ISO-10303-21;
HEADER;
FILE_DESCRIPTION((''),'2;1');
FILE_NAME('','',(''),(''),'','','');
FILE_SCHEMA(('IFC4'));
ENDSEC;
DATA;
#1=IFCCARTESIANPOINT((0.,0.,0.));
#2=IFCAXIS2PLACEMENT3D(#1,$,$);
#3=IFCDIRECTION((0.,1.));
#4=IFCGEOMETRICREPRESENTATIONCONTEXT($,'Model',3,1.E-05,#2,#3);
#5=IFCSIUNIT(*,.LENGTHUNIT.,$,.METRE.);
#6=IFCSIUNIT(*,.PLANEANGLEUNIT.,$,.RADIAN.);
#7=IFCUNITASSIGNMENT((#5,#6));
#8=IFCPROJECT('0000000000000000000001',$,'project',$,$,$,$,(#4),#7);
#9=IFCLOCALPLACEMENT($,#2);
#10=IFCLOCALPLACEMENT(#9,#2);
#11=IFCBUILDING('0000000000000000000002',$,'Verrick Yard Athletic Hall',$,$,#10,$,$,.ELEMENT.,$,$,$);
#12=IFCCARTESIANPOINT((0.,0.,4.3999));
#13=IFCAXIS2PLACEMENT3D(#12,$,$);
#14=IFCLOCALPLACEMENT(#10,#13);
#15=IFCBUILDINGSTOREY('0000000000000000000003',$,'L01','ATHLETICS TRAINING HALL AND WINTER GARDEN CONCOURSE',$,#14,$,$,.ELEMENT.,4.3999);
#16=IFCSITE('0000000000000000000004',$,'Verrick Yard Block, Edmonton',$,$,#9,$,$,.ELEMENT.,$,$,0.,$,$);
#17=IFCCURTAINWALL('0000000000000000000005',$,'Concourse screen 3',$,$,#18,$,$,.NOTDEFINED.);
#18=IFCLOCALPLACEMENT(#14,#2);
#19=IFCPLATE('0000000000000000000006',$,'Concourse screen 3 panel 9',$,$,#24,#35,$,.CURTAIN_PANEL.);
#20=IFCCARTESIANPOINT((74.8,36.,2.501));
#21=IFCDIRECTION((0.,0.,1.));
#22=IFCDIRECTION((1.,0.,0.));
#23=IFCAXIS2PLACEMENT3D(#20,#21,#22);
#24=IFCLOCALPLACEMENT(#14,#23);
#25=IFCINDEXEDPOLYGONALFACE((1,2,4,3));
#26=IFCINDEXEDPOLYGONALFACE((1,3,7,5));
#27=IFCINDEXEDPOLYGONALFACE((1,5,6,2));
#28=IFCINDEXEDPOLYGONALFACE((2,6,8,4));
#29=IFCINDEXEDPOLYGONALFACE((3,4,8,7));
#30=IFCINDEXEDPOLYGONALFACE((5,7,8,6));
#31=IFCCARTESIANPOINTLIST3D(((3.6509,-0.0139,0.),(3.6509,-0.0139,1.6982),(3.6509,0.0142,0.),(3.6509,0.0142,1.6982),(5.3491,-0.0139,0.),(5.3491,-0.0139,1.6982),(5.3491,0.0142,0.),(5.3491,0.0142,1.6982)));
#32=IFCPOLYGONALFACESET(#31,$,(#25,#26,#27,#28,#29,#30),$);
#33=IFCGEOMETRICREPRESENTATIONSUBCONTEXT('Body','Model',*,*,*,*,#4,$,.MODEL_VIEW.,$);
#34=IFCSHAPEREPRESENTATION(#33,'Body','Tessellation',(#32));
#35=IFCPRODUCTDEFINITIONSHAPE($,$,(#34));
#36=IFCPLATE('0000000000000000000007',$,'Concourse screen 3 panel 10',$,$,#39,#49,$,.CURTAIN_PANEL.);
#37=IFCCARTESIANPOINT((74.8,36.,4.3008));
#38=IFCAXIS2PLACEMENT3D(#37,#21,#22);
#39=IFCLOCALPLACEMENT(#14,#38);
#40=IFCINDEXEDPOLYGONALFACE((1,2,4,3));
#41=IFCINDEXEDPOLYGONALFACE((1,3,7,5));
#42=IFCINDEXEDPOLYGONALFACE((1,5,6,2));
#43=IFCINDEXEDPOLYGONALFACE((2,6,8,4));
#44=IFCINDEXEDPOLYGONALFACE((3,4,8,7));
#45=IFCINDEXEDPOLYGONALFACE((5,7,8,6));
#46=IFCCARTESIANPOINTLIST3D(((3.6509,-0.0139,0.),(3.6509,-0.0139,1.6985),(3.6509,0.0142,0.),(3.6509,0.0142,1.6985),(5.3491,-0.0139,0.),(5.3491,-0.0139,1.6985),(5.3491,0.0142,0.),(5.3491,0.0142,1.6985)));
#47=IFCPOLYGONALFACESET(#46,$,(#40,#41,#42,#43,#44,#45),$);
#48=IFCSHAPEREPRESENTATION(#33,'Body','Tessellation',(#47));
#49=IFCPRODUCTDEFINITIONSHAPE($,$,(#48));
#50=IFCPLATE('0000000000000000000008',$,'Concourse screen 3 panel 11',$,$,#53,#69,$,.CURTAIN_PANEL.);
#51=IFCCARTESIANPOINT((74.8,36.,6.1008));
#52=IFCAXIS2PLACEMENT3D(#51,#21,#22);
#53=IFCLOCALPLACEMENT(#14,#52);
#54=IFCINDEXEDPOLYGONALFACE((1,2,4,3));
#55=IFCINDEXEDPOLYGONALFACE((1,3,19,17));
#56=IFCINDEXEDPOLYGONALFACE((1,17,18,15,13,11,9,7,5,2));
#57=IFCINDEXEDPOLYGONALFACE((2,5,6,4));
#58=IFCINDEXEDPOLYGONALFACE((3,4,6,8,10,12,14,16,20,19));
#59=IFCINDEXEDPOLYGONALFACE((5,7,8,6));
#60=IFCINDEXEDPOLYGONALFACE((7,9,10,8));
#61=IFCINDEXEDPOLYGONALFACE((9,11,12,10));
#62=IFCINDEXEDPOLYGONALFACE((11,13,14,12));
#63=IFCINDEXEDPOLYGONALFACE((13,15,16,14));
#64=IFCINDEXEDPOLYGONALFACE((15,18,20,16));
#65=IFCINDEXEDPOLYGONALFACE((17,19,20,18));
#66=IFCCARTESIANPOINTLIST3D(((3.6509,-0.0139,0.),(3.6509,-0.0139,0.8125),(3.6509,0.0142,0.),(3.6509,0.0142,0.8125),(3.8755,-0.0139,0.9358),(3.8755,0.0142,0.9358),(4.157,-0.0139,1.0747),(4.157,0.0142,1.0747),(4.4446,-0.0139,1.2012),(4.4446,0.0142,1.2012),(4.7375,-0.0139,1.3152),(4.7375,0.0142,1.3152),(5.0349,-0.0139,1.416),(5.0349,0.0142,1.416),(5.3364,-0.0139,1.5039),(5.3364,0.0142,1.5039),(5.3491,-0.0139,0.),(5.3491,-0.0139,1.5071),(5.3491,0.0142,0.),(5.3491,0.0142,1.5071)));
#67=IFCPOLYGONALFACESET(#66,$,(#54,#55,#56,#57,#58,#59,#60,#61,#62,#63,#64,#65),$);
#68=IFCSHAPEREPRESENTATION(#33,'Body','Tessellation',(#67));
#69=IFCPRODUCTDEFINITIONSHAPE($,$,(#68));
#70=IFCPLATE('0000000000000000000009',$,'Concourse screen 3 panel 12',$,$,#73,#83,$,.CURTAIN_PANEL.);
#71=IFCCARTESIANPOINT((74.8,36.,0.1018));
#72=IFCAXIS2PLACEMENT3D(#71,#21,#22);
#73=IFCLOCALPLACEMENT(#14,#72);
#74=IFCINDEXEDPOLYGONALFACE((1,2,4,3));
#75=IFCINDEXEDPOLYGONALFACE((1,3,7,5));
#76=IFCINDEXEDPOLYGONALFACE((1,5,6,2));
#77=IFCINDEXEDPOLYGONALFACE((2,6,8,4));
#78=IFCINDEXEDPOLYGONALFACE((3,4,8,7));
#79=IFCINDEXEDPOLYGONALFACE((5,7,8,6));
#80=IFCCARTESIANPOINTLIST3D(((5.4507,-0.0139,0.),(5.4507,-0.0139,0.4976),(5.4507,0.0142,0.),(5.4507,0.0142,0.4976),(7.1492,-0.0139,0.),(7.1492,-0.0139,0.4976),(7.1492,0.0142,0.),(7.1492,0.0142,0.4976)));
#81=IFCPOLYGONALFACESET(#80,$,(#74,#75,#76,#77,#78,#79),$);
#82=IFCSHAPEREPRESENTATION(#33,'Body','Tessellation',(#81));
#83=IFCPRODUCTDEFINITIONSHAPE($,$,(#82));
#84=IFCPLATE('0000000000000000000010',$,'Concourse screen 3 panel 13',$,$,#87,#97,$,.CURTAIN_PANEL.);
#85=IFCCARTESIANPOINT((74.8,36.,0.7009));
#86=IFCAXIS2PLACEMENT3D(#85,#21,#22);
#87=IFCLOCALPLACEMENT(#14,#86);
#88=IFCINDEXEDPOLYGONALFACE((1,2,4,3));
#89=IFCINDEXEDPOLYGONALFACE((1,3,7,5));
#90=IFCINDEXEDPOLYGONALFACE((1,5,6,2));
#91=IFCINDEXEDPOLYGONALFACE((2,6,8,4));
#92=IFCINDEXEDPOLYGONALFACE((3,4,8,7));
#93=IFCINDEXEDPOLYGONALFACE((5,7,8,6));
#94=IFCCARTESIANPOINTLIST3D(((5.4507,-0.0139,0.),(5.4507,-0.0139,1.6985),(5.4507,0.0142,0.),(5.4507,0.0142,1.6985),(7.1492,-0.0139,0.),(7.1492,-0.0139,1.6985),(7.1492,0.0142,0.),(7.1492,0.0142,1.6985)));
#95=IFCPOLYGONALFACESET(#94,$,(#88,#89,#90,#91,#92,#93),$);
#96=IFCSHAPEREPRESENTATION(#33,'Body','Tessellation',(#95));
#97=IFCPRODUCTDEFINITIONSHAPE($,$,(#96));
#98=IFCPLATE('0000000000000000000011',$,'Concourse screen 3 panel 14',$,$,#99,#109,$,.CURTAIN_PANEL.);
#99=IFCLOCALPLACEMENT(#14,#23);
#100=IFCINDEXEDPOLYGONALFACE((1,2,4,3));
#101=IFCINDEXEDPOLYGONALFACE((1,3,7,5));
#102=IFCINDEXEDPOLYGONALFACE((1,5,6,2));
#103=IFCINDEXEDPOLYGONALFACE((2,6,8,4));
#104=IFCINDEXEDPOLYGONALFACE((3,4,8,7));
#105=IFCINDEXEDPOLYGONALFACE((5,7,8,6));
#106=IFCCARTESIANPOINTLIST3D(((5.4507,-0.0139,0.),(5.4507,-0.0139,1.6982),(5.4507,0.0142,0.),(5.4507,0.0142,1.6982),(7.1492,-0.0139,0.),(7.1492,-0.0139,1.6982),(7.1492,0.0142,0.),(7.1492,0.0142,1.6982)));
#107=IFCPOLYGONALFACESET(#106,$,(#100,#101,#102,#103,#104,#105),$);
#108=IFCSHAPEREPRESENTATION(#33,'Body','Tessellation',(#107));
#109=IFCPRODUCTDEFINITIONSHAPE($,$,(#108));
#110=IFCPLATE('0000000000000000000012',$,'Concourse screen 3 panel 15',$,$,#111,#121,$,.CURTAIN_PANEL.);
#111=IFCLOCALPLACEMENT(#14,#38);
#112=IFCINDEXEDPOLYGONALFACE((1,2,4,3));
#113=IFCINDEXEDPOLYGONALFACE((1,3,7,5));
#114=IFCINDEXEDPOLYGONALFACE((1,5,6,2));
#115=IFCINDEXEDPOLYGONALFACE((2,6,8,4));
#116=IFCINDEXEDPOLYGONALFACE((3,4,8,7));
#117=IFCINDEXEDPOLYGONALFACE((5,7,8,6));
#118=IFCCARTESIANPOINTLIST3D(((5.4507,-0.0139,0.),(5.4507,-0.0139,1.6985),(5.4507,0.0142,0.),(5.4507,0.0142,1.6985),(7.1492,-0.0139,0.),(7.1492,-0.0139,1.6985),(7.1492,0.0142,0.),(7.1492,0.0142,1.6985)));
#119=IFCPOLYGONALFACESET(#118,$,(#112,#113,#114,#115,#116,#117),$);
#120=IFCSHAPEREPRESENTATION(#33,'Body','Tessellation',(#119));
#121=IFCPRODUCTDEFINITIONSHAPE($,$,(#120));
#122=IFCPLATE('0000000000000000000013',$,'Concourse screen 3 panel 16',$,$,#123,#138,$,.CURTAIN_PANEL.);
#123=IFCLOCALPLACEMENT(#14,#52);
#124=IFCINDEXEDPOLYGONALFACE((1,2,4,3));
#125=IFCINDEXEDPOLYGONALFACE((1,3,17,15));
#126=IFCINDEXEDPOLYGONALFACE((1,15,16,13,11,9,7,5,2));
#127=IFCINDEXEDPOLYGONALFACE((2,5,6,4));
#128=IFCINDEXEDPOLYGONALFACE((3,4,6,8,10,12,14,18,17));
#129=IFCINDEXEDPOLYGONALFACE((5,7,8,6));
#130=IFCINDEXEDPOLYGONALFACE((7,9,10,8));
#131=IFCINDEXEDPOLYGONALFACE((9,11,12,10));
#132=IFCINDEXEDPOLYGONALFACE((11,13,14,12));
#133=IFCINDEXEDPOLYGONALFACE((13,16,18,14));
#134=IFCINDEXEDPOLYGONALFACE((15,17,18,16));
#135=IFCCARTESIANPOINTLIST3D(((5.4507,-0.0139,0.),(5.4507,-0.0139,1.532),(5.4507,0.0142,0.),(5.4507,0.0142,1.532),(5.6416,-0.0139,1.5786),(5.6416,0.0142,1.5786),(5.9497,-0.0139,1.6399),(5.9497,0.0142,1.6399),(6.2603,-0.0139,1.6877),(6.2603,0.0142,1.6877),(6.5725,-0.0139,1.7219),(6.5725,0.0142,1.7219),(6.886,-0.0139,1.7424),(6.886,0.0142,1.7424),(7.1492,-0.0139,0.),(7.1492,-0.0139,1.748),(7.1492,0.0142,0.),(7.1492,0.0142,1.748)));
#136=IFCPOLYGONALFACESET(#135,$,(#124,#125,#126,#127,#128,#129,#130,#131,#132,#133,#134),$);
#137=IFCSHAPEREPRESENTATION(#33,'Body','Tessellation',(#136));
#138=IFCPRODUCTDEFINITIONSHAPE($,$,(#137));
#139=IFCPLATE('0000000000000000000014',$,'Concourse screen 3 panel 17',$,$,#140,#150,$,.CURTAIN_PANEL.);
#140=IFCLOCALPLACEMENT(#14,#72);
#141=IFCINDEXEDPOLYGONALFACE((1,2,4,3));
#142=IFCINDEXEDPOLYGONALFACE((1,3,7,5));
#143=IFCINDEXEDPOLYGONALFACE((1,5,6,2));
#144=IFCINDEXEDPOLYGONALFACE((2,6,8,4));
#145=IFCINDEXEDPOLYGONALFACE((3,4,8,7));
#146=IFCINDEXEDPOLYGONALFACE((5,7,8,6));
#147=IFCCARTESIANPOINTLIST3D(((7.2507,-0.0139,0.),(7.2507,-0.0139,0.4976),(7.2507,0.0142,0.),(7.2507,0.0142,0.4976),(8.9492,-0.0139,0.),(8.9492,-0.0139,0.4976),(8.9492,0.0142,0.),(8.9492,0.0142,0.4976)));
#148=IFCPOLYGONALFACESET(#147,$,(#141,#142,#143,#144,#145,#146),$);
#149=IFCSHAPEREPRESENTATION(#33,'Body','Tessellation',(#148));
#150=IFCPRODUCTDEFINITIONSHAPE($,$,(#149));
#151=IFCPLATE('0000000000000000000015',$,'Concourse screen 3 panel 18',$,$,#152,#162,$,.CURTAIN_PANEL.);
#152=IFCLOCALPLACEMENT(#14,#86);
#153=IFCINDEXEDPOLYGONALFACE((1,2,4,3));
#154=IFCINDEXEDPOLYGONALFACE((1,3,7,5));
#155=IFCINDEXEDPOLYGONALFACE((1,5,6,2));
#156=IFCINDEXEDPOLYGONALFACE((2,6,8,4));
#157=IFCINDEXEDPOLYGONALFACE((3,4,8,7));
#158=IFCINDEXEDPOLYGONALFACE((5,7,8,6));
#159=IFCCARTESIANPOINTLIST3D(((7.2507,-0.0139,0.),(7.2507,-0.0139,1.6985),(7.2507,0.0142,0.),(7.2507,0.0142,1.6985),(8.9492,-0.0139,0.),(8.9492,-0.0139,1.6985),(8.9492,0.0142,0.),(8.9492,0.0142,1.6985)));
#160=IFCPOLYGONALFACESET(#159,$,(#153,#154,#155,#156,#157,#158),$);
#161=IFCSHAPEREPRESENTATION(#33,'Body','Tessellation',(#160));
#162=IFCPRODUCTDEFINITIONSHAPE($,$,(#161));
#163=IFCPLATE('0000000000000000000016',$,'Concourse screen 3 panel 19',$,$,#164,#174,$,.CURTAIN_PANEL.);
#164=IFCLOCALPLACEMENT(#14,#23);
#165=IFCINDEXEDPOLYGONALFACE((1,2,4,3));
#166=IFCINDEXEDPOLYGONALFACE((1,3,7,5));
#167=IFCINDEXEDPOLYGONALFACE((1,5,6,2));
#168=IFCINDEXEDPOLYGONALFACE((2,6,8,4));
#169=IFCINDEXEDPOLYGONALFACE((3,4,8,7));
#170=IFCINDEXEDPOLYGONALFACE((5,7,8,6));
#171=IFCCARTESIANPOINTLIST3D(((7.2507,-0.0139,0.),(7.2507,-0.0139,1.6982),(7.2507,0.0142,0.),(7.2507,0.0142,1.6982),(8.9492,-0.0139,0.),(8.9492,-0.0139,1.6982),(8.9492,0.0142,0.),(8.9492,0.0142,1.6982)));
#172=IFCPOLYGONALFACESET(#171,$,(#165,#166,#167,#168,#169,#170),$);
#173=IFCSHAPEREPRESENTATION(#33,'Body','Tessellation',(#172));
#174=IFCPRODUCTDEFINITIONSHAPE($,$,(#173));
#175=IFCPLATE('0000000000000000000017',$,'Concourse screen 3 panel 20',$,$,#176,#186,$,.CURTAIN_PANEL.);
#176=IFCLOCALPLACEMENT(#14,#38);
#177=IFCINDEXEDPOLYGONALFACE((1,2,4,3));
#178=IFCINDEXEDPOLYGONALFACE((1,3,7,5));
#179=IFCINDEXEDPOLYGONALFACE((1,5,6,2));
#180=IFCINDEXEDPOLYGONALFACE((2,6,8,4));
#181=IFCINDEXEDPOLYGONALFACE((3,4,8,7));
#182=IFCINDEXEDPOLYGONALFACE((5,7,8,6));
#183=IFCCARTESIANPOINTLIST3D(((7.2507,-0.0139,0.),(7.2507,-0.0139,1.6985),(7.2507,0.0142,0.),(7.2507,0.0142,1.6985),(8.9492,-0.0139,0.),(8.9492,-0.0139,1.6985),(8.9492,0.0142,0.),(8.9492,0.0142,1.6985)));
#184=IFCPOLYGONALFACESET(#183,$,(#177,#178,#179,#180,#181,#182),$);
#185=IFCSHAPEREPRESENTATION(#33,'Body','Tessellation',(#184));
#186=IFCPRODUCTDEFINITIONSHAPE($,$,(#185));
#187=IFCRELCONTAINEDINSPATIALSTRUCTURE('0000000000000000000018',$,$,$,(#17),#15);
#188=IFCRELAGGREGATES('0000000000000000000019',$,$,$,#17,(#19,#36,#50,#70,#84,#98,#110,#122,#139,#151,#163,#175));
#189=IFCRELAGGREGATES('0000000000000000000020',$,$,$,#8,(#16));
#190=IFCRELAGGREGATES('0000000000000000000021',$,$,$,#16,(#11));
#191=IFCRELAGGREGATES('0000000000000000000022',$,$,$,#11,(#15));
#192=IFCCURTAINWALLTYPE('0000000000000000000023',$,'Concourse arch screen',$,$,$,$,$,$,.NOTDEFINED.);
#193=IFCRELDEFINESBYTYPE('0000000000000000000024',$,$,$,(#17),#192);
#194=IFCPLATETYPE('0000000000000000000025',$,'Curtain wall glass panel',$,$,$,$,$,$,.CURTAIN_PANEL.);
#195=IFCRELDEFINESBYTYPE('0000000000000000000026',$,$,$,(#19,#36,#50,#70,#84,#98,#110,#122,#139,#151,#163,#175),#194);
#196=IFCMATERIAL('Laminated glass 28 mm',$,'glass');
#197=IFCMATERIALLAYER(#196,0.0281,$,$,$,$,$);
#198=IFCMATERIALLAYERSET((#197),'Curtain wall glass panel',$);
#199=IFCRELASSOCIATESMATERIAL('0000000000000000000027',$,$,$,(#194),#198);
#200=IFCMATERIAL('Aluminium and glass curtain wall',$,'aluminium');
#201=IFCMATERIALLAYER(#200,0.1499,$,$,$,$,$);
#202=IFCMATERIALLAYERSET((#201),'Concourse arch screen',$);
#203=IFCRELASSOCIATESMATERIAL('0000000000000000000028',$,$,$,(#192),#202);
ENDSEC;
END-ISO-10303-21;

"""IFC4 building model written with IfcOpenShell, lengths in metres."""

from ifc_helpers import new_model, si_unit, direction, frame, origin, place, context, subcontext, project, spatial, polyline, outline, extrude, material, layer, layer_set, type_object, element, aggregate, save


model = new_model("IFC4")

# Units and contexts
model_context = context("Model", 3, precision=1e-05, world=origin(), true_north=direction((0.0, 1.0)))
body_context = subcontext(model_context, "Body", "Model", "MODEL_VIEW")
ifc_project = project(units=[si_unit("LENGTHUNIT", "METRE"), si_unit("PLANEANGLEUNIT", "RADIAN")], contexts=[model_context])

# Site, building, storey
site_placement = place(None, origin())
site = spatial("IfcSite", under=ifc_project, at=site_placement, Name="Verrick Yard Block, Edmonton", CompositionType="ELEMENT", RefElevation=0.0)
building_placement = place(site_placement, origin())
building = spatial("IfcBuilding", under=site, at=building_placement, Name="Verrick Yard Athletic Hall", CompositionType="ELEMENT")
storey_placement = place(building_placement, frame((0.0, 0.0, 4.3999)))
storey = spatial("IfcBuildingStorey", under=building, at=storey_placement, Name="L01", Description="ATHLETICS TRAINING HALL AND WINTER GARDEN CONCOURSE", CompositionType="ELEMENT", Elevation=4.3999)

# Curtain wall, plates
ifc_material_1 = material(Name="Aluminium and glass curtain wall", Category="aluminium")
ifc_material_2 = material(Name="Laminated glass 28 mm", Category="glass")
ifc_layer_1 = layer(ifc_material_2, 0.0281)
ifc_layer_set_1 = layer_set([ifc_layer_1], Name="Curtain wall glass panel")
plate_type = type_object("IfcPlateType", Name="Curtain wall glass panel", PredefinedType="CURTAIN_PANEL", material=ifc_layer_set_1)
ifc_layer_2 = layer(ifc_material_1, 0.1499)
ifc_layer_set_2 = layer_set([ifc_layer_2], Name="Concourse arch screen")
curtain_wall_type_1 = type_object("IfcCurtainWallType", Name="Concourse arch screen", PredefinedType="NOTDEFINED", material=ifc_layer_set_2)
curtain_wall_1_placement = place(storey_placement, origin())
curtain_wall_1 = element("IfcCurtainWall", 1, at=curtain_wall_1_placement, inside=storey, type_object=curtain_wall_type_1, Name="Concourse screen 3", PredefinedType="NOTDEFINED")
plate_1_placement = place(storey_placement, frame((74.8, 36.0, 2.501), z_axis=(0.0, 0.0, 1.0), x_axis=(1.0, 0.0, 0.0)))
plate_1 = element("IfcPlate", 2, at=plate_1_placement, type_object=plate_type, Name="Concourse screen 3 panel 9", PredefinedType="CURTAIN_PANEL", context=body_context, shape_type="SweptSolid", body=[
    extrude(outline(polyline([(5.3491, 0.0), (5.3491, 1.6982), (3.6509, 1.6982), (3.6509, 0.0), (5.3491, 0.0)])), frame((0.0, 0.0142, 0.0), z_axis=(0.0, -1.0, 0.0), x_axis=(1.0, 0.0, 0.0)), (0.0, 0.0, 1.0), 0.0281),
])
plate_2_placement = place(storey_placement, frame((74.8, 36.0, 4.3008), z_axis=(0.0, 0.0, 1.0), x_axis=(1.0, 0.0, 0.0)))
plate_2 = element("IfcPlate", 3, at=plate_2_placement, type_object=plate_type, Name="Concourse screen 3 panel 10", PredefinedType="CURTAIN_PANEL", context=body_context, shape_type="SweptSolid", body=[
    extrude(outline(polyline([(5.3491, 0.0), (5.3491, 1.6985), (3.6509, 1.6985), (3.6509, 0.0), (5.3491, 0.0)])), frame((0.0, 0.0142, 0.0), z_axis=(0.0, -1.0, 0.0), x_axis=(1.0, 0.0, 0.0)), (0.0, 0.0, 1.0), 0.0281),
])
plate_3_placement = place(storey_placement, frame((74.8, 36.0, 6.1008), z_axis=(0.0, 0.0, 1.0), x_axis=(1.0, 0.0, 0.0)))
plate_3 = element("IfcPlate", 4, at=plate_3_placement, type_object=plate_type, Name="Concourse screen 3 panel 11", PredefinedType="CURTAIN_PANEL", context=body_context, shape_type="SweptSolid", body=[
    extrude(outline(polyline([(5.3491, 1.5071), (5.3364, 1.5039), (5.0349, 1.416), (4.7375, 1.3152), (4.4446, 1.2012), (4.157, 1.0747), (3.8755, 0.9358), (3.6509, 0.8125), (3.6509, 0.0), (5.3491, 0.0), (5.3491, 1.5071)])), frame((0.0, 0.0142, 0.0), z_axis=(0.0, -1.0, 0.0), x_axis=(1.0, 0.0, 0.0)), (0.0, 0.0, 1.0), 0.0281),
])
plate_4_placement = place(storey_placement, frame((74.8, 36.0, 0.1018), z_axis=(0.0, 0.0, 1.0), x_axis=(1.0, 0.0, 0.0)))
plate_4 = element("IfcPlate", 5, at=plate_4_placement, type_object=plate_type, Name="Concourse screen 3 panel 12", PredefinedType="CURTAIN_PANEL", context=body_context, shape_type="SweptSolid", body=[
    extrude(outline(polyline([(7.1492, 0.0), (7.1492, 0.4976), (5.4507, 0.4976), (5.4507, 0.0), (7.1492, 0.0)])), frame((0.0, 0.0142, 0.0), z_axis=(0.0, -1.0, 0.0), x_axis=(1.0, 0.0, 0.0)), (0.0, 0.0, 1.0), 0.0281),
])
plate_5_placement = place(storey_placement, frame((74.8, 36.0, 0.7009), z_axis=(0.0, 0.0, 1.0), x_axis=(1.0, 0.0, 0.0)))
plate_5 = element("IfcPlate", 6, at=plate_5_placement, type_object=plate_type, Name="Concourse screen 3 panel 13", PredefinedType="CURTAIN_PANEL", context=body_context, shape_type="SweptSolid", body=[
    extrude(outline(polyline([(7.1492, 0.0), (7.1492, 1.6985), (5.4507, 1.6985), (5.4507, 0.0), (7.1492, 0.0)])), frame((0.0, 0.0142, 0.0), z_axis=(0.0, -1.0, 0.0), x_axis=(1.0, 0.0, 0.0)), (0.0, 0.0, 1.0), 0.0281),
])
plate_6_placement = place(storey_placement, frame((74.8, 36.0, 2.501), z_axis=(0.0, 0.0, 1.0), x_axis=(1.0, 0.0, 0.0)))
plate_6 = element("IfcPlate", 7, at=plate_6_placement, type_object=plate_type, Name="Concourse screen 3 panel 14", PredefinedType="CURTAIN_PANEL", context=body_context, shape_type="SweptSolid", body=[
    extrude(outline(polyline([(7.1492, 0.0), (7.1492, 1.6982), (5.4507, 1.6982), (5.4507, 0.0), (7.1492, 0.0)])), frame((0.0, 0.0142, 0.0), z_axis=(0.0, -1.0, 0.0), x_axis=(1.0, 0.0, 0.0)), (0.0, 0.0, 1.0), 0.0281),
])
plate_7_placement = place(storey_placement, frame((74.8, 36.0, 4.3008), z_axis=(0.0, 0.0, 1.0), x_axis=(1.0, 0.0, 0.0)))
plate_7 = element("IfcPlate", 8, at=plate_7_placement, type_object=plate_type, Name="Concourse screen 3 panel 15", PredefinedType="CURTAIN_PANEL", context=body_context, shape_type="SweptSolid", body=[
    extrude(outline(polyline([(7.1492, 0.0), (7.1492, 1.6985), (5.4507, 1.6985), (5.4507, 0.0), (7.1492, 0.0)])), frame((0.0, 0.0142, 0.0), z_axis=(0.0, -1.0, 0.0), x_axis=(1.0, 0.0, 0.0)), (0.0, 0.0, 1.0), 0.0281),
])
plate_8_placement = place(storey_placement, frame((74.8, 36.0, 6.1008), z_axis=(0.0, 0.0, 1.0), x_axis=(1.0, 0.0, 0.0)))
plate_8 = element("IfcPlate", 9, at=plate_8_placement, type_object=plate_type, Name="Concourse screen 3 panel 16", PredefinedType="CURTAIN_PANEL", context=body_context, shape_type="SweptSolid", body=[
    extrude(outline(polyline([(7.1492, 1.748), (6.886, 1.7424), (6.5725, 1.7219), (6.2603, 1.6877), (5.9497, 1.6399), (5.6416, 1.5786), (5.4507, 1.532), (5.4507, 0.0), (7.1492, 0.0), (7.1492, 1.748)])), frame((0.0, 0.0142, 0.0), z_axis=(0.0, -1.0, 0.0), x_axis=(1.0, 0.0, 0.0)), (0.0, 0.0, 1.0), 0.0281),
])
plate_9_placement = place(storey_placement, frame((74.8, 36.0, 0.1018), z_axis=(0.0, 0.0, 1.0), x_axis=(1.0, 0.0, 0.0)))
plate_9 = element("IfcPlate", 10, at=plate_9_placement, type_object=plate_type, Name="Concourse screen 3 panel 17", PredefinedType="CURTAIN_PANEL", context=body_context, shape_type="SweptSolid", body=[
    extrude(outline(polyline([(8.9492, 0.0), (8.9492, 0.4976), (7.2507, 0.4976), (7.2507, 0.0), (8.9492, 0.0)])), frame((0.0, 0.0142, 0.0), z_axis=(0.0, -1.0, 0.0), x_axis=(1.0, 0.0, 0.0)), (0.0, 0.0, 1.0), 0.0281),
])
plate_10_placement = place(storey_placement, frame((74.8, 36.0, 0.7009), z_axis=(0.0, 0.0, 1.0), x_axis=(1.0, 0.0, 0.0)))
plate_10 = element("IfcPlate", 11, at=plate_10_placement, type_object=plate_type, Name="Concourse screen 3 panel 18", PredefinedType="CURTAIN_PANEL", context=body_context, shape_type="SweptSolid", body=[
    extrude(outline(polyline([(8.9492, 0.0), (8.9492, 1.6985), (7.2507, 1.6985), (7.2507, 0.0), (8.9492, 0.0)])), frame((0.0, 0.0142, 0.0), z_axis=(0.0, -1.0, 0.0), x_axis=(1.0, 0.0, 0.0)), (0.0, 0.0, 1.0), 0.0281),
])
plate_11_placement = place(storey_placement, frame((74.8, 36.0, 2.501), z_axis=(0.0, 0.0, 1.0), x_axis=(1.0, 0.0, 0.0)))
plate_11 = element("IfcPlate", 12, at=plate_11_placement, type_object=plate_type, Name="Concourse screen 3 panel 19", PredefinedType="CURTAIN_PANEL", context=body_context, shape_type="SweptSolid", body=[
    extrude(outline(polyline([(8.9492, 0.0), (8.9492, 1.6982), (7.2507, 1.6982), (7.2507, 0.0), (8.9492, 0.0)])), frame((0.0, 0.0142, 0.0), z_axis=(0.0, -1.0, 0.0), x_axis=(1.0, 0.0, 0.0)), (0.0, 0.0, 1.0), 0.0281),
])
plate_12_placement = place(storey_placement, frame((74.8, 36.0, 4.3008), z_axis=(0.0, 0.0, 1.0), x_axis=(1.0, 0.0, 0.0)))
plate_12 = element("IfcPlate", 13, at=plate_12_placement, type_object=plate_type, Name="Concourse screen 3 panel 20", PredefinedType="CURTAIN_PANEL", context=body_context, shape_type="SweptSolid", body=[
    extrude(outline(polyline([(8.9492, 0.0), (8.9492, 1.6985), (7.2507, 1.6985), (7.2507, 0.0), (8.9492, 0.0)])), frame((0.0, 0.0142, 0.0), z_axis=(0.0, -1.0, 0.0), x_axis=(1.0, 0.0, 0.0)), (0.0, 0.0, 1.0), 0.0281),
])
aggregate(curtain_wall_1, [plate_1, plate_2, plate_3, plate_4, plate_5, plate_6, plate_7, plate_8, plate_9, plate_10, plate_11, plate_12])

save(model, "model.ifc")
